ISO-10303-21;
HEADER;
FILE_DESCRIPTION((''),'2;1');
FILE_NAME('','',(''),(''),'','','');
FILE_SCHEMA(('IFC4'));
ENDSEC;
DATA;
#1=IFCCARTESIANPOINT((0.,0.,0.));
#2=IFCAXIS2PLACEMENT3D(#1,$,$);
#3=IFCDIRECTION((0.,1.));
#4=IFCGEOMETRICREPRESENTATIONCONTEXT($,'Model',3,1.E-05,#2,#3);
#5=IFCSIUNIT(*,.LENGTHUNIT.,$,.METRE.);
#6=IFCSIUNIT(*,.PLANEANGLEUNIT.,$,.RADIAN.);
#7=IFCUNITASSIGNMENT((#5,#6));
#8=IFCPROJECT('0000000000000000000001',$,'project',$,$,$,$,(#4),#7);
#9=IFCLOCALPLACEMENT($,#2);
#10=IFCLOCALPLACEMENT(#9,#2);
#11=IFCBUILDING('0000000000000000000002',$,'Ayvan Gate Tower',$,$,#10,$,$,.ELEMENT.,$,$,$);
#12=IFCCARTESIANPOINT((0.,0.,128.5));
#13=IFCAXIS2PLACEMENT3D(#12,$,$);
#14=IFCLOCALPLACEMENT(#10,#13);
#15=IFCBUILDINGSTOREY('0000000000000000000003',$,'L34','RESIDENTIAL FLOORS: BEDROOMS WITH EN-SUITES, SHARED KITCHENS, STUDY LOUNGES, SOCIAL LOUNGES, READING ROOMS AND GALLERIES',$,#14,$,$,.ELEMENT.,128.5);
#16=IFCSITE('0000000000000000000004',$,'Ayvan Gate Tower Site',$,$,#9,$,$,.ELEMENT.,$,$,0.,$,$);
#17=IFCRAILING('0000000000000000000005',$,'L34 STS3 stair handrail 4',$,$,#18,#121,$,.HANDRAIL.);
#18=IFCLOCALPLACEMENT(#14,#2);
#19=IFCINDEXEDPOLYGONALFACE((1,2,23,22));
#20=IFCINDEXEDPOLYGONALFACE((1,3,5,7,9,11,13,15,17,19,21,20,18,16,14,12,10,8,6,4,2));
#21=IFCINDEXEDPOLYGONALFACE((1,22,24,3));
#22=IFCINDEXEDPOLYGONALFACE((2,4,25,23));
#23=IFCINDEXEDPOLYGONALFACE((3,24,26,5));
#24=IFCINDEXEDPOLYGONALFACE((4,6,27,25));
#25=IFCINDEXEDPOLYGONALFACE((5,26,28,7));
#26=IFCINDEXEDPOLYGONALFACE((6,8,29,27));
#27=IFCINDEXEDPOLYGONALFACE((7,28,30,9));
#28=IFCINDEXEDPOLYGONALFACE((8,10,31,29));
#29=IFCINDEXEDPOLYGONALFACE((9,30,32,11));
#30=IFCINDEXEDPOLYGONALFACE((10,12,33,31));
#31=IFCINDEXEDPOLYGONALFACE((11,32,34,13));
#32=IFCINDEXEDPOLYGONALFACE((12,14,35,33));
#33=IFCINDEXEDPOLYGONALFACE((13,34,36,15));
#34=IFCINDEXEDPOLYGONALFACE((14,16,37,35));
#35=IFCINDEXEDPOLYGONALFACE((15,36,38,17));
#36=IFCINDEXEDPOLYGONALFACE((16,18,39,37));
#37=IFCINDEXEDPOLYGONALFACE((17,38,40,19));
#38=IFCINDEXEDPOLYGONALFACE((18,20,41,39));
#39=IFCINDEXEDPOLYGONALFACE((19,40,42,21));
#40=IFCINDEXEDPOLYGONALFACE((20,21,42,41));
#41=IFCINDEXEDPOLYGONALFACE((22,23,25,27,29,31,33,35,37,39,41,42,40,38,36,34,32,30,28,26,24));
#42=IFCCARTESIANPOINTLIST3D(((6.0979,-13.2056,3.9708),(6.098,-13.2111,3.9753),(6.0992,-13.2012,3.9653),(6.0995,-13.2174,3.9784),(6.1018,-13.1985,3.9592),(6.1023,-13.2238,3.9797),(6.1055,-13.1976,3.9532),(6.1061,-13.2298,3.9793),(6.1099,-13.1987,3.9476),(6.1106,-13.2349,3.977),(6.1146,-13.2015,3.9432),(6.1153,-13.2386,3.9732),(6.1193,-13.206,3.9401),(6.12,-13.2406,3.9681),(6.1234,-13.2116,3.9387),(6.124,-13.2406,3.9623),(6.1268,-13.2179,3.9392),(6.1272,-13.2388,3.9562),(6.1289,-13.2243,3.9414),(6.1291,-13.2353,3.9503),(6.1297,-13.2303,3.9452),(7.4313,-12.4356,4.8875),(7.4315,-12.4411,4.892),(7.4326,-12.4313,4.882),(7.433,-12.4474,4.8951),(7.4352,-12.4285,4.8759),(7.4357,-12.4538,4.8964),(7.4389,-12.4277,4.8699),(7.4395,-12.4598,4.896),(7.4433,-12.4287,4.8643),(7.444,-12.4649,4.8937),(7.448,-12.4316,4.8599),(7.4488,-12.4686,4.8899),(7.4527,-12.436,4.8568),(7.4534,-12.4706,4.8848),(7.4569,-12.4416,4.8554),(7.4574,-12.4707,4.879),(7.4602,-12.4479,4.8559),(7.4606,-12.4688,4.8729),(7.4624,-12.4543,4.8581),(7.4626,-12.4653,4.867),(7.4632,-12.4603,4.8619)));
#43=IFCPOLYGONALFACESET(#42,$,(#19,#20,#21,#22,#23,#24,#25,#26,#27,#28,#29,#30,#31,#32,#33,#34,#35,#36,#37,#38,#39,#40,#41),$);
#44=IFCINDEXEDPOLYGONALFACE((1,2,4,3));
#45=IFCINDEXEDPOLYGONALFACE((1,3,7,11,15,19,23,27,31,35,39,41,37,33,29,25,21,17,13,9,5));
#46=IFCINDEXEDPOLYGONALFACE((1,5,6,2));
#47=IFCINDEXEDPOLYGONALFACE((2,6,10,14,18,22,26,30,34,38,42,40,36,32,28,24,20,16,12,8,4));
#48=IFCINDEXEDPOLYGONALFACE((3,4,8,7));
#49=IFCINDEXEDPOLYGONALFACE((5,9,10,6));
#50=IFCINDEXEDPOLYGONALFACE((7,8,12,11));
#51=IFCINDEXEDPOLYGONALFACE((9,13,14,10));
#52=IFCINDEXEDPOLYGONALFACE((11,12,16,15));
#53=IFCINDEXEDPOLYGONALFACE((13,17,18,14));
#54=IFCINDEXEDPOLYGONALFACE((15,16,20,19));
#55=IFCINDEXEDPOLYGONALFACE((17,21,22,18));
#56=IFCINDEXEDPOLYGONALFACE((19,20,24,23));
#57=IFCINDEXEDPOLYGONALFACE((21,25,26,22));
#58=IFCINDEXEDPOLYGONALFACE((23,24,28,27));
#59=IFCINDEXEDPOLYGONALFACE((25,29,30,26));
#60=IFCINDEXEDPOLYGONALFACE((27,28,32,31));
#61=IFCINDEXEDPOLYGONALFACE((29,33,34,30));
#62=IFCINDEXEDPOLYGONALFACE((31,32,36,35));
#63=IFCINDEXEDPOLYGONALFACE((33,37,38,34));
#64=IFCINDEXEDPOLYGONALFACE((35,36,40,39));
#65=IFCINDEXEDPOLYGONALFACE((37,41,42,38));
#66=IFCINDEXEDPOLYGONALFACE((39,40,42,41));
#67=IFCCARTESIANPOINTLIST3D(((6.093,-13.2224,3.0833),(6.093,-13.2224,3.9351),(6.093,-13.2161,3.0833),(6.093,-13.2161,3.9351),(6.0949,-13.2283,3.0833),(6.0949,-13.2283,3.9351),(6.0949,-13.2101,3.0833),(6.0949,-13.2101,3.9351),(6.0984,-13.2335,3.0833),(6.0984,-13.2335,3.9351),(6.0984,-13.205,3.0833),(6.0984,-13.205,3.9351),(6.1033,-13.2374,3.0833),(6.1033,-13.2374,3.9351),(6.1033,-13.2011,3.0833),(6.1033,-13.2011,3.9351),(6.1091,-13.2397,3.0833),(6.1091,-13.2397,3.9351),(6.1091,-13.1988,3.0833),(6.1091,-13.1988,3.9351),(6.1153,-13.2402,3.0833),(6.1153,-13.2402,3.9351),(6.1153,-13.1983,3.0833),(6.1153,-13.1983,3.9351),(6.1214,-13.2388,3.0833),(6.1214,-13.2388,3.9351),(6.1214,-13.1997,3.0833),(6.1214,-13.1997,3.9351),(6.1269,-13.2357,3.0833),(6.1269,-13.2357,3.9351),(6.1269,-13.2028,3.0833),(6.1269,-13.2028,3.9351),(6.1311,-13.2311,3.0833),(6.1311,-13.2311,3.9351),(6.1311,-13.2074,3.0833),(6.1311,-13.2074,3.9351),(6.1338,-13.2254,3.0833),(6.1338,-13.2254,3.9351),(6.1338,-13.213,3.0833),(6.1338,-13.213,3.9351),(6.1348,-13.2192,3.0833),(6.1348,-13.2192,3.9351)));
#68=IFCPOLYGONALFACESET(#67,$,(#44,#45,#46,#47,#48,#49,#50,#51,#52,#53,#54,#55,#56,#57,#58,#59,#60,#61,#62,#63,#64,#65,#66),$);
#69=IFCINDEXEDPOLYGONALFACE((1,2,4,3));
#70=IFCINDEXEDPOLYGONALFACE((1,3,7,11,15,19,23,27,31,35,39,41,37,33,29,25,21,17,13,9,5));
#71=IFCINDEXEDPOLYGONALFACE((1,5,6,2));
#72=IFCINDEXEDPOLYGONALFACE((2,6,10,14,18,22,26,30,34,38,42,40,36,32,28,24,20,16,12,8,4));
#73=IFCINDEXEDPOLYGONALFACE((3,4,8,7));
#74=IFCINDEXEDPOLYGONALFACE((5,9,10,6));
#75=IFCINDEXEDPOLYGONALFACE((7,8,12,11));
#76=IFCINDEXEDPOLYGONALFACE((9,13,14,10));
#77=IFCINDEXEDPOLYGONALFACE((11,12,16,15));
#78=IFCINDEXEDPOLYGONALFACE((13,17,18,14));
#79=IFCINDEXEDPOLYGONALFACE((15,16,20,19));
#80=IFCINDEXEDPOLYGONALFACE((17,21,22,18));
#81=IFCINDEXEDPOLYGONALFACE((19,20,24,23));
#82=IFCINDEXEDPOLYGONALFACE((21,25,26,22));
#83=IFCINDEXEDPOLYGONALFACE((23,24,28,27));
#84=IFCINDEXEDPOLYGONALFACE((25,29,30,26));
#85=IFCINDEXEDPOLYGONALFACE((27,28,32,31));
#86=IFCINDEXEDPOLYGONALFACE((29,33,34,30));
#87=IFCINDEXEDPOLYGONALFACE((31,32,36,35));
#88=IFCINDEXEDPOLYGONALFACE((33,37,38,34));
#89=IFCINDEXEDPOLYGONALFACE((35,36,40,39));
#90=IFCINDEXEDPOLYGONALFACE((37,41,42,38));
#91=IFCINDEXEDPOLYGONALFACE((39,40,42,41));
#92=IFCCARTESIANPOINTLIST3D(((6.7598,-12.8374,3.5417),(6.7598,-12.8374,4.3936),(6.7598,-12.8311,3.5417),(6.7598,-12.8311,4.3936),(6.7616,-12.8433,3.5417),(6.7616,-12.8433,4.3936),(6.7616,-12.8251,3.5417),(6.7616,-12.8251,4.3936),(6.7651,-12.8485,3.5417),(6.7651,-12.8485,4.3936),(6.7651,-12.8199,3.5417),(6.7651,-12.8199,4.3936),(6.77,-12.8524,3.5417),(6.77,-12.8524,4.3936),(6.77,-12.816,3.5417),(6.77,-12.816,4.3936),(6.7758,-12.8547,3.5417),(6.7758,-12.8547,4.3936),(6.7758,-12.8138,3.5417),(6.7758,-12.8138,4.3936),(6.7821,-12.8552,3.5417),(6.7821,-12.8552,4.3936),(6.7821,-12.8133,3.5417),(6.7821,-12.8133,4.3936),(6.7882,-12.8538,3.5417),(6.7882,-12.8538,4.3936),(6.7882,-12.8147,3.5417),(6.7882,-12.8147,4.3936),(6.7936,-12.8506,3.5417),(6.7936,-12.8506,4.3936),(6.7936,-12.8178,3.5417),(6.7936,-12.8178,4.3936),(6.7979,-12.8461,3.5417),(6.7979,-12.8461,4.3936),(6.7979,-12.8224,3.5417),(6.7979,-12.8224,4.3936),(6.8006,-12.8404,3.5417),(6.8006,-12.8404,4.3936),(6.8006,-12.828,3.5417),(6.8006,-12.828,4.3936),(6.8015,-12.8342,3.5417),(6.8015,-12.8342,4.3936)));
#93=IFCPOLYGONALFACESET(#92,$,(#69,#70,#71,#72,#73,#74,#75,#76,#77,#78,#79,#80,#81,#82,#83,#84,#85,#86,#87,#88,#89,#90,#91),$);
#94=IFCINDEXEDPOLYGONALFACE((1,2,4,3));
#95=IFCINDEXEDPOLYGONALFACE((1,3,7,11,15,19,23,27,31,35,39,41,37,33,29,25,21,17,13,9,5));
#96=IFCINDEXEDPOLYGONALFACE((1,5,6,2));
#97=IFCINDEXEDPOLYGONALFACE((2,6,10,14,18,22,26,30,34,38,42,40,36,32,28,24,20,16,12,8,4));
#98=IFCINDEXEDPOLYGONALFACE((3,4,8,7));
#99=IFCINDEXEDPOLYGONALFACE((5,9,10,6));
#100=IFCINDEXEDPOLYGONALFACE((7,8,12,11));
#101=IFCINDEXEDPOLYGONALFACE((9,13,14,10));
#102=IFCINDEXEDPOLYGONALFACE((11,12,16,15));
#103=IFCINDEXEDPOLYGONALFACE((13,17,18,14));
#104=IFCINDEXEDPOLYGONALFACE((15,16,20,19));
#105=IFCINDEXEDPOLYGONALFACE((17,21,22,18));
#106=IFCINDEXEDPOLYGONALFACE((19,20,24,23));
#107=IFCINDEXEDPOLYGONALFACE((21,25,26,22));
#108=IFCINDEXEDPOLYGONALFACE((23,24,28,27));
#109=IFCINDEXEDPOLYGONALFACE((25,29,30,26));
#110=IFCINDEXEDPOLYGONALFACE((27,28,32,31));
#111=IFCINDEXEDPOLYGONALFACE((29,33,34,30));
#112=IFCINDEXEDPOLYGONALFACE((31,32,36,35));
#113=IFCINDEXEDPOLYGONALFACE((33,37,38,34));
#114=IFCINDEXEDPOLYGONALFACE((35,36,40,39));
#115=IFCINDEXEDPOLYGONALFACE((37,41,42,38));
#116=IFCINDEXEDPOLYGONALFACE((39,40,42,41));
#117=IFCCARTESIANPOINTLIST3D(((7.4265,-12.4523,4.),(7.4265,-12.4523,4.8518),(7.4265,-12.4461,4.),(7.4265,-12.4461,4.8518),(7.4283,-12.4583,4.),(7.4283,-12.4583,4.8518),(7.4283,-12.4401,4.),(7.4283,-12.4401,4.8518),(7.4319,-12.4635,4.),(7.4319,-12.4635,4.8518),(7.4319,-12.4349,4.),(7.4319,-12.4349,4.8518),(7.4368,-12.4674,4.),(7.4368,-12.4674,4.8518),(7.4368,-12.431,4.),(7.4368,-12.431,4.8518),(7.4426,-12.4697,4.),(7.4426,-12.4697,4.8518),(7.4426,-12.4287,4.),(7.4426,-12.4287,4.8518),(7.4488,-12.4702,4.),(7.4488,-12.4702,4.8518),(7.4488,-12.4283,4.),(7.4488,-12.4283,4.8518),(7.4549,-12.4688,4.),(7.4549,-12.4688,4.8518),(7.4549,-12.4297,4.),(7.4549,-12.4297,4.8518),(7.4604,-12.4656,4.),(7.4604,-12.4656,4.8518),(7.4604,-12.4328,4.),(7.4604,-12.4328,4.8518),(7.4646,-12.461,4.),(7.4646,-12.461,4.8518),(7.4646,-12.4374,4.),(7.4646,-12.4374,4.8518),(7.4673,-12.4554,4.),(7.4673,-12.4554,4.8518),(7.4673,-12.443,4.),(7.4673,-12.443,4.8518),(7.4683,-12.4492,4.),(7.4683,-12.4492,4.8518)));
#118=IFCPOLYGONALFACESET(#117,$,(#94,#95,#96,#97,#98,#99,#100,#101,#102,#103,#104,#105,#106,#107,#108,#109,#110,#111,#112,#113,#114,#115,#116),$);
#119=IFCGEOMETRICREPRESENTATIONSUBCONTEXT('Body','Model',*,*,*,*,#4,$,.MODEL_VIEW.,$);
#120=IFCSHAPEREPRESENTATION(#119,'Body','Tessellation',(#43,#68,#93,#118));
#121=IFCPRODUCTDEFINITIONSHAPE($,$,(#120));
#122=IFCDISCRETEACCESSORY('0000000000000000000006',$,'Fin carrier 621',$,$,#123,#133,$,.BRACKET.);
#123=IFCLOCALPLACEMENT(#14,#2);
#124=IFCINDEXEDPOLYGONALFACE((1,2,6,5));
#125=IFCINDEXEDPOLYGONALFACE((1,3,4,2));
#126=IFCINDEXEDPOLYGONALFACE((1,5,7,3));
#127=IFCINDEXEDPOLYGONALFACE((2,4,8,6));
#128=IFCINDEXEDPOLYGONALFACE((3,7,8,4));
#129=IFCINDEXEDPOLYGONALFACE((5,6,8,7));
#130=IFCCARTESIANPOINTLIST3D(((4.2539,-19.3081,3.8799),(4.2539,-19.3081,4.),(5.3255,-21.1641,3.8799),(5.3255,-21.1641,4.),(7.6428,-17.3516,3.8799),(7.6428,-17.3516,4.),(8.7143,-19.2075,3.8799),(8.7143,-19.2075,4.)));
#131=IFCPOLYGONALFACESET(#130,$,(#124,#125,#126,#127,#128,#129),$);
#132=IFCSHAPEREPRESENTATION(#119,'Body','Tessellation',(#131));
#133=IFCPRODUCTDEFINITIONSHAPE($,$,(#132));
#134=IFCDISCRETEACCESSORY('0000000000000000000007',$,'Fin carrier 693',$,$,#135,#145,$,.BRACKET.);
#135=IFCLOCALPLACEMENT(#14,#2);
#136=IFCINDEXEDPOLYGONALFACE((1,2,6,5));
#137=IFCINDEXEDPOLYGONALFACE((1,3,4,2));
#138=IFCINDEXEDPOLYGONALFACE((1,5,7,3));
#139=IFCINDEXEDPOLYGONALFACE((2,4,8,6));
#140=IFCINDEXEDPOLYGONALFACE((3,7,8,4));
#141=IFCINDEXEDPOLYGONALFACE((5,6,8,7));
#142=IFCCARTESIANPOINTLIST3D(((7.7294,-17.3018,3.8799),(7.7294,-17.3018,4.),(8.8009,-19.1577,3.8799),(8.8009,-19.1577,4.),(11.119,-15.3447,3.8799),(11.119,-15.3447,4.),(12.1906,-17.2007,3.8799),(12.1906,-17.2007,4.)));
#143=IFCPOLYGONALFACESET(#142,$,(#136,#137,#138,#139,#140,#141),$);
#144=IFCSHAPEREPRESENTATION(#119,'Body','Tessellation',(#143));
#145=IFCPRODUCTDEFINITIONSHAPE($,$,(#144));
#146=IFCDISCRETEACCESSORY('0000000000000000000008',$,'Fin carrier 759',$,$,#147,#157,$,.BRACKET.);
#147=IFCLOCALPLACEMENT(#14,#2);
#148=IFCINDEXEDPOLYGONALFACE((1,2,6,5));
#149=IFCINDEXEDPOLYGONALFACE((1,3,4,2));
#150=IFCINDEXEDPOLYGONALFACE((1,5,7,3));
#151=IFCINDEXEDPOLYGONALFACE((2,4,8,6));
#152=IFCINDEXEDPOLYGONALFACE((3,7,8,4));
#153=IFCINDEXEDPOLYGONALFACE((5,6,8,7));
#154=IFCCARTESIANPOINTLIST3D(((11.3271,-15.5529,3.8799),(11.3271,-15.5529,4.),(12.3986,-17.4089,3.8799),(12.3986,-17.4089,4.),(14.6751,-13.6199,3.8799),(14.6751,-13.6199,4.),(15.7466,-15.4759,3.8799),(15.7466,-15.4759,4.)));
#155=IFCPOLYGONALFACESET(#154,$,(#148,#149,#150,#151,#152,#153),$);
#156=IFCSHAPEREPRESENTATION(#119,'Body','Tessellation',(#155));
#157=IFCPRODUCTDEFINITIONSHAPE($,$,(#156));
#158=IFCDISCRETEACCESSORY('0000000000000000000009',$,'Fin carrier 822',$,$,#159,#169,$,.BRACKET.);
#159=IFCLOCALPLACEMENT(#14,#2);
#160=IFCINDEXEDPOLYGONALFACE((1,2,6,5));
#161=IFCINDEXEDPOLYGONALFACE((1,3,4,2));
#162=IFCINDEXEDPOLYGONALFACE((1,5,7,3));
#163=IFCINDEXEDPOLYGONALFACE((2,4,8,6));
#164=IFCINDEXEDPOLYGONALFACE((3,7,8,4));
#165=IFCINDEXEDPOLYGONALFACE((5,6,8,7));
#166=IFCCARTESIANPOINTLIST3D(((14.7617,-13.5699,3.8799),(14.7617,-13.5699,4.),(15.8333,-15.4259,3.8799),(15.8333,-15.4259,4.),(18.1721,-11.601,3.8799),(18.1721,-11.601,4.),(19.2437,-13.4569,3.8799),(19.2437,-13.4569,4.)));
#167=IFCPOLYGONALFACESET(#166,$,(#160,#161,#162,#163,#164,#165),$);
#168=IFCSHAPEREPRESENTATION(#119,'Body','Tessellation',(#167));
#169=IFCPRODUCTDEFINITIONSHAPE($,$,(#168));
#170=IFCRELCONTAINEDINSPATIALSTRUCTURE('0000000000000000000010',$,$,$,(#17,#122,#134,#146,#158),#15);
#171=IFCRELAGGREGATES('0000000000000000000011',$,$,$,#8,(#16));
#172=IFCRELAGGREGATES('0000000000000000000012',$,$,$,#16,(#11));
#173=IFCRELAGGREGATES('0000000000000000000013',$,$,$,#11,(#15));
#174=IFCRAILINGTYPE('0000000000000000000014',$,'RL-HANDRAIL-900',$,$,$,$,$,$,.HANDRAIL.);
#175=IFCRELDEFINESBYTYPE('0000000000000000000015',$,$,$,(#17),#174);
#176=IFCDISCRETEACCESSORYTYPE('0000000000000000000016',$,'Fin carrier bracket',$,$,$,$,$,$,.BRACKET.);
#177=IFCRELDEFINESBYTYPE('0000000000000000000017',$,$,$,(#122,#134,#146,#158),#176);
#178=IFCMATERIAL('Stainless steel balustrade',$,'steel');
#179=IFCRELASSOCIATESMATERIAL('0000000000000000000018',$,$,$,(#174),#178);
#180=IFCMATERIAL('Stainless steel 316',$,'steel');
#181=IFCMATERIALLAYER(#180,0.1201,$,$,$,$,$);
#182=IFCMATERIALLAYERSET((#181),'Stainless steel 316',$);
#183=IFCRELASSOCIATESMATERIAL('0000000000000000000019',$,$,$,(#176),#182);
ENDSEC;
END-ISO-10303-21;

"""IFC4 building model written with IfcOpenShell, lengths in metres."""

from ifc_helpers import new_model, si_unit, direction, frame, origin, origin_2d, place, context, subcontext, project, spatial, rectangle, circle, extrude, material, layer, layer_set, type_object, element, save


model = new_model("IFC4")

# Units and contexts
model_context = context("Model", 3, precision=1e-05, world=origin(), true_north=direction((0.0, 1.0)))
body_context = subcontext(model_context, "Body", "Model", "MODEL_VIEW")
ifc_project = project(units=[si_unit("LENGTHUNIT", "METRE"), si_unit("PLANEANGLEUNIT", "RADIAN")], contexts=[model_context])

# Site, building, storey
site_placement = place(None, origin())
site = spatial("IfcSite", under=ifc_project, at=site_placement, Name="Ayvan Gate Tower Site", CompositionType="ELEMENT", RefElevation=0.0)
building_placement = place(site_placement, origin())
building = spatial("IfcBuilding", under=site, at=building_placement, Name="Ayvan Gate Tower", CompositionType="ELEMENT")
storey_placement = place(building_placement, frame((0.0, 0.0, 128.5)))
storey = spatial("IfcBuildingStorey", under=building, at=storey_placement, Name="L34", Description="RESIDENTIAL FLOORS: BEDROOMS WITH EN-SUITES, SHARED KITCHENS, STUDY LOUNGES, SOCIAL LOUNGES, READING ROOMS AND GALLERIES", CompositionType="ELEMENT", Elevation=128.5)

# Railing
ifc_material_1 = material(Name="Stainless steel balustrade", Category="steel")
railing_type = type_object("IfcRailingType", Name="RL-HANDRAIL-900", PredefinedType="HANDRAIL", material=ifc_material_1)
railing_1_placement = place(storey_placement, frame((6.1138, -13.2192, 3.0833)))
element("IfcRailing", 1, at=railing_1_placement, inside=storey, type_object=railing_type, Name="L34 STS3 stair handrail 4", PredefinedType="HANDRAIL", context=body_context, shape_type="SweptSolid", body=[
    extrude(circle(Radius=0.0239, at=origin_2d()), frame((0.0, 0.0, 0.876), z_axis=(0.744103, 0.429678, 0.511554), x_axis=(-0.500061, 0.86599, 0.0)), (0.0, 0.0, 1.0), 1.792),
    extrude(circle(Radius=0.021, at=origin_2d()), origin(), (0.0, 0.0, 1.0), 0.8518),
    extrude(circle(Radius=0.021, at=origin_2d()), frame((0.6667, 0.385, 0.4585)), (0.0, 0.0, 1.0), 0.8518),
    extrude(circle(Radius=0.021, at=origin_2d()), frame((1.3335, 0.77, 0.9167)), (0.0, 0.0, 1.0), 0.8518),
])

# Discrete accessories
ifc_material_2 = material(Name="Stainless steel 316", Category="steel")
ifc_layer_1 = layer(ifc_material_2, 0.1201)
ifc_layer_set_1 = layer_set([ifc_layer_1], Name="Stainless steel 316")
discrete_accessory_type = type_object("IfcDiscreteAccessoryType", Name="Fin carrier bracket", PredefinedType="BRACKET", material=ifc_layer_set_1)
discrete_accessory_1_placement = place(storey_placement, frame((6.4841, -19.2578, 3.8799), z_axis=(0.0, 0.0, 1.0), x_axis=(0.866025, 0.5, 0.0)))
element("IfcDiscreteAccessory", 2, at=discrete_accessory_1_placement, inside=storey, type_object=discrete_accessory_type, Name="Fin carrier 621", PredefinedType="BRACKET", context=body_context, shape_type="SweptSolid", body=[
    extrude(rectangle(XDim=3.9131, YDim=2.1431, at=origin_2d()), origin(), (0.0, 0.0, 1.0), 0.1201),
])
discrete_accessory_2_placement = place(storey_placement, frame((9.96, -17.2512, 3.8799), z_axis=(0.0, 0.0, 1.0), x_axis=(0.866025, 0.5, 0.0)))
element("IfcDiscreteAccessory", 3, at=discrete_accessory_2_placement, inside=storey, type_object=discrete_accessory_type, Name="Fin carrier 693", PredefinedType="BRACKET", context=body_context, shape_type="SweptSolid", body=[
    extrude(rectangle(XDim=3.9141, YDim=2.1431, at=origin_2d()), origin(), (0.0, 0.0, 1.0), 0.1201),
])
discrete_accessory_3_placement = place(storey_placement, frame((13.5369, -15.5144, 3.8799), z_axis=(0.0, 0.0, 1.0), x_axis=(0.866025, 0.5, 0.0)))
element("IfcDiscreteAccessory", 4, at=discrete_accessory_3_placement, inside=storey, type_object=discrete_accessory_type, Name="Fin carrier 759", PredefinedType="BRACKET", context=body_context, shape_type="SweptSolid", body=[
    extrude(rectangle(XDim=3.866, YDim=2.1431, at=origin_2d()), origin(), (0.0, 0.0, 1.0), 0.1201),
])
discrete_accessory_4_placement = place(storey_placement, frame((17.0027, -13.5134, 3.8799), z_axis=(0.0, 0.0, 1.0), x_axis=(0.866025, 0.5, 0.0)))
element("IfcDiscreteAccessory", 5, at=discrete_accessory_4_placement, inside=storey, type_object=discrete_accessory_type, Name="Fin carrier 822", PredefinedType="BRACKET", context=body_context, shape_type="SweptSolid", body=[
    extrude(rectangle(XDim=3.938, YDim=2.1431, at=origin_2d()), origin(), (0.0, 0.0, 1.0), 0.1201),
])

save(model, "model.ifc")
